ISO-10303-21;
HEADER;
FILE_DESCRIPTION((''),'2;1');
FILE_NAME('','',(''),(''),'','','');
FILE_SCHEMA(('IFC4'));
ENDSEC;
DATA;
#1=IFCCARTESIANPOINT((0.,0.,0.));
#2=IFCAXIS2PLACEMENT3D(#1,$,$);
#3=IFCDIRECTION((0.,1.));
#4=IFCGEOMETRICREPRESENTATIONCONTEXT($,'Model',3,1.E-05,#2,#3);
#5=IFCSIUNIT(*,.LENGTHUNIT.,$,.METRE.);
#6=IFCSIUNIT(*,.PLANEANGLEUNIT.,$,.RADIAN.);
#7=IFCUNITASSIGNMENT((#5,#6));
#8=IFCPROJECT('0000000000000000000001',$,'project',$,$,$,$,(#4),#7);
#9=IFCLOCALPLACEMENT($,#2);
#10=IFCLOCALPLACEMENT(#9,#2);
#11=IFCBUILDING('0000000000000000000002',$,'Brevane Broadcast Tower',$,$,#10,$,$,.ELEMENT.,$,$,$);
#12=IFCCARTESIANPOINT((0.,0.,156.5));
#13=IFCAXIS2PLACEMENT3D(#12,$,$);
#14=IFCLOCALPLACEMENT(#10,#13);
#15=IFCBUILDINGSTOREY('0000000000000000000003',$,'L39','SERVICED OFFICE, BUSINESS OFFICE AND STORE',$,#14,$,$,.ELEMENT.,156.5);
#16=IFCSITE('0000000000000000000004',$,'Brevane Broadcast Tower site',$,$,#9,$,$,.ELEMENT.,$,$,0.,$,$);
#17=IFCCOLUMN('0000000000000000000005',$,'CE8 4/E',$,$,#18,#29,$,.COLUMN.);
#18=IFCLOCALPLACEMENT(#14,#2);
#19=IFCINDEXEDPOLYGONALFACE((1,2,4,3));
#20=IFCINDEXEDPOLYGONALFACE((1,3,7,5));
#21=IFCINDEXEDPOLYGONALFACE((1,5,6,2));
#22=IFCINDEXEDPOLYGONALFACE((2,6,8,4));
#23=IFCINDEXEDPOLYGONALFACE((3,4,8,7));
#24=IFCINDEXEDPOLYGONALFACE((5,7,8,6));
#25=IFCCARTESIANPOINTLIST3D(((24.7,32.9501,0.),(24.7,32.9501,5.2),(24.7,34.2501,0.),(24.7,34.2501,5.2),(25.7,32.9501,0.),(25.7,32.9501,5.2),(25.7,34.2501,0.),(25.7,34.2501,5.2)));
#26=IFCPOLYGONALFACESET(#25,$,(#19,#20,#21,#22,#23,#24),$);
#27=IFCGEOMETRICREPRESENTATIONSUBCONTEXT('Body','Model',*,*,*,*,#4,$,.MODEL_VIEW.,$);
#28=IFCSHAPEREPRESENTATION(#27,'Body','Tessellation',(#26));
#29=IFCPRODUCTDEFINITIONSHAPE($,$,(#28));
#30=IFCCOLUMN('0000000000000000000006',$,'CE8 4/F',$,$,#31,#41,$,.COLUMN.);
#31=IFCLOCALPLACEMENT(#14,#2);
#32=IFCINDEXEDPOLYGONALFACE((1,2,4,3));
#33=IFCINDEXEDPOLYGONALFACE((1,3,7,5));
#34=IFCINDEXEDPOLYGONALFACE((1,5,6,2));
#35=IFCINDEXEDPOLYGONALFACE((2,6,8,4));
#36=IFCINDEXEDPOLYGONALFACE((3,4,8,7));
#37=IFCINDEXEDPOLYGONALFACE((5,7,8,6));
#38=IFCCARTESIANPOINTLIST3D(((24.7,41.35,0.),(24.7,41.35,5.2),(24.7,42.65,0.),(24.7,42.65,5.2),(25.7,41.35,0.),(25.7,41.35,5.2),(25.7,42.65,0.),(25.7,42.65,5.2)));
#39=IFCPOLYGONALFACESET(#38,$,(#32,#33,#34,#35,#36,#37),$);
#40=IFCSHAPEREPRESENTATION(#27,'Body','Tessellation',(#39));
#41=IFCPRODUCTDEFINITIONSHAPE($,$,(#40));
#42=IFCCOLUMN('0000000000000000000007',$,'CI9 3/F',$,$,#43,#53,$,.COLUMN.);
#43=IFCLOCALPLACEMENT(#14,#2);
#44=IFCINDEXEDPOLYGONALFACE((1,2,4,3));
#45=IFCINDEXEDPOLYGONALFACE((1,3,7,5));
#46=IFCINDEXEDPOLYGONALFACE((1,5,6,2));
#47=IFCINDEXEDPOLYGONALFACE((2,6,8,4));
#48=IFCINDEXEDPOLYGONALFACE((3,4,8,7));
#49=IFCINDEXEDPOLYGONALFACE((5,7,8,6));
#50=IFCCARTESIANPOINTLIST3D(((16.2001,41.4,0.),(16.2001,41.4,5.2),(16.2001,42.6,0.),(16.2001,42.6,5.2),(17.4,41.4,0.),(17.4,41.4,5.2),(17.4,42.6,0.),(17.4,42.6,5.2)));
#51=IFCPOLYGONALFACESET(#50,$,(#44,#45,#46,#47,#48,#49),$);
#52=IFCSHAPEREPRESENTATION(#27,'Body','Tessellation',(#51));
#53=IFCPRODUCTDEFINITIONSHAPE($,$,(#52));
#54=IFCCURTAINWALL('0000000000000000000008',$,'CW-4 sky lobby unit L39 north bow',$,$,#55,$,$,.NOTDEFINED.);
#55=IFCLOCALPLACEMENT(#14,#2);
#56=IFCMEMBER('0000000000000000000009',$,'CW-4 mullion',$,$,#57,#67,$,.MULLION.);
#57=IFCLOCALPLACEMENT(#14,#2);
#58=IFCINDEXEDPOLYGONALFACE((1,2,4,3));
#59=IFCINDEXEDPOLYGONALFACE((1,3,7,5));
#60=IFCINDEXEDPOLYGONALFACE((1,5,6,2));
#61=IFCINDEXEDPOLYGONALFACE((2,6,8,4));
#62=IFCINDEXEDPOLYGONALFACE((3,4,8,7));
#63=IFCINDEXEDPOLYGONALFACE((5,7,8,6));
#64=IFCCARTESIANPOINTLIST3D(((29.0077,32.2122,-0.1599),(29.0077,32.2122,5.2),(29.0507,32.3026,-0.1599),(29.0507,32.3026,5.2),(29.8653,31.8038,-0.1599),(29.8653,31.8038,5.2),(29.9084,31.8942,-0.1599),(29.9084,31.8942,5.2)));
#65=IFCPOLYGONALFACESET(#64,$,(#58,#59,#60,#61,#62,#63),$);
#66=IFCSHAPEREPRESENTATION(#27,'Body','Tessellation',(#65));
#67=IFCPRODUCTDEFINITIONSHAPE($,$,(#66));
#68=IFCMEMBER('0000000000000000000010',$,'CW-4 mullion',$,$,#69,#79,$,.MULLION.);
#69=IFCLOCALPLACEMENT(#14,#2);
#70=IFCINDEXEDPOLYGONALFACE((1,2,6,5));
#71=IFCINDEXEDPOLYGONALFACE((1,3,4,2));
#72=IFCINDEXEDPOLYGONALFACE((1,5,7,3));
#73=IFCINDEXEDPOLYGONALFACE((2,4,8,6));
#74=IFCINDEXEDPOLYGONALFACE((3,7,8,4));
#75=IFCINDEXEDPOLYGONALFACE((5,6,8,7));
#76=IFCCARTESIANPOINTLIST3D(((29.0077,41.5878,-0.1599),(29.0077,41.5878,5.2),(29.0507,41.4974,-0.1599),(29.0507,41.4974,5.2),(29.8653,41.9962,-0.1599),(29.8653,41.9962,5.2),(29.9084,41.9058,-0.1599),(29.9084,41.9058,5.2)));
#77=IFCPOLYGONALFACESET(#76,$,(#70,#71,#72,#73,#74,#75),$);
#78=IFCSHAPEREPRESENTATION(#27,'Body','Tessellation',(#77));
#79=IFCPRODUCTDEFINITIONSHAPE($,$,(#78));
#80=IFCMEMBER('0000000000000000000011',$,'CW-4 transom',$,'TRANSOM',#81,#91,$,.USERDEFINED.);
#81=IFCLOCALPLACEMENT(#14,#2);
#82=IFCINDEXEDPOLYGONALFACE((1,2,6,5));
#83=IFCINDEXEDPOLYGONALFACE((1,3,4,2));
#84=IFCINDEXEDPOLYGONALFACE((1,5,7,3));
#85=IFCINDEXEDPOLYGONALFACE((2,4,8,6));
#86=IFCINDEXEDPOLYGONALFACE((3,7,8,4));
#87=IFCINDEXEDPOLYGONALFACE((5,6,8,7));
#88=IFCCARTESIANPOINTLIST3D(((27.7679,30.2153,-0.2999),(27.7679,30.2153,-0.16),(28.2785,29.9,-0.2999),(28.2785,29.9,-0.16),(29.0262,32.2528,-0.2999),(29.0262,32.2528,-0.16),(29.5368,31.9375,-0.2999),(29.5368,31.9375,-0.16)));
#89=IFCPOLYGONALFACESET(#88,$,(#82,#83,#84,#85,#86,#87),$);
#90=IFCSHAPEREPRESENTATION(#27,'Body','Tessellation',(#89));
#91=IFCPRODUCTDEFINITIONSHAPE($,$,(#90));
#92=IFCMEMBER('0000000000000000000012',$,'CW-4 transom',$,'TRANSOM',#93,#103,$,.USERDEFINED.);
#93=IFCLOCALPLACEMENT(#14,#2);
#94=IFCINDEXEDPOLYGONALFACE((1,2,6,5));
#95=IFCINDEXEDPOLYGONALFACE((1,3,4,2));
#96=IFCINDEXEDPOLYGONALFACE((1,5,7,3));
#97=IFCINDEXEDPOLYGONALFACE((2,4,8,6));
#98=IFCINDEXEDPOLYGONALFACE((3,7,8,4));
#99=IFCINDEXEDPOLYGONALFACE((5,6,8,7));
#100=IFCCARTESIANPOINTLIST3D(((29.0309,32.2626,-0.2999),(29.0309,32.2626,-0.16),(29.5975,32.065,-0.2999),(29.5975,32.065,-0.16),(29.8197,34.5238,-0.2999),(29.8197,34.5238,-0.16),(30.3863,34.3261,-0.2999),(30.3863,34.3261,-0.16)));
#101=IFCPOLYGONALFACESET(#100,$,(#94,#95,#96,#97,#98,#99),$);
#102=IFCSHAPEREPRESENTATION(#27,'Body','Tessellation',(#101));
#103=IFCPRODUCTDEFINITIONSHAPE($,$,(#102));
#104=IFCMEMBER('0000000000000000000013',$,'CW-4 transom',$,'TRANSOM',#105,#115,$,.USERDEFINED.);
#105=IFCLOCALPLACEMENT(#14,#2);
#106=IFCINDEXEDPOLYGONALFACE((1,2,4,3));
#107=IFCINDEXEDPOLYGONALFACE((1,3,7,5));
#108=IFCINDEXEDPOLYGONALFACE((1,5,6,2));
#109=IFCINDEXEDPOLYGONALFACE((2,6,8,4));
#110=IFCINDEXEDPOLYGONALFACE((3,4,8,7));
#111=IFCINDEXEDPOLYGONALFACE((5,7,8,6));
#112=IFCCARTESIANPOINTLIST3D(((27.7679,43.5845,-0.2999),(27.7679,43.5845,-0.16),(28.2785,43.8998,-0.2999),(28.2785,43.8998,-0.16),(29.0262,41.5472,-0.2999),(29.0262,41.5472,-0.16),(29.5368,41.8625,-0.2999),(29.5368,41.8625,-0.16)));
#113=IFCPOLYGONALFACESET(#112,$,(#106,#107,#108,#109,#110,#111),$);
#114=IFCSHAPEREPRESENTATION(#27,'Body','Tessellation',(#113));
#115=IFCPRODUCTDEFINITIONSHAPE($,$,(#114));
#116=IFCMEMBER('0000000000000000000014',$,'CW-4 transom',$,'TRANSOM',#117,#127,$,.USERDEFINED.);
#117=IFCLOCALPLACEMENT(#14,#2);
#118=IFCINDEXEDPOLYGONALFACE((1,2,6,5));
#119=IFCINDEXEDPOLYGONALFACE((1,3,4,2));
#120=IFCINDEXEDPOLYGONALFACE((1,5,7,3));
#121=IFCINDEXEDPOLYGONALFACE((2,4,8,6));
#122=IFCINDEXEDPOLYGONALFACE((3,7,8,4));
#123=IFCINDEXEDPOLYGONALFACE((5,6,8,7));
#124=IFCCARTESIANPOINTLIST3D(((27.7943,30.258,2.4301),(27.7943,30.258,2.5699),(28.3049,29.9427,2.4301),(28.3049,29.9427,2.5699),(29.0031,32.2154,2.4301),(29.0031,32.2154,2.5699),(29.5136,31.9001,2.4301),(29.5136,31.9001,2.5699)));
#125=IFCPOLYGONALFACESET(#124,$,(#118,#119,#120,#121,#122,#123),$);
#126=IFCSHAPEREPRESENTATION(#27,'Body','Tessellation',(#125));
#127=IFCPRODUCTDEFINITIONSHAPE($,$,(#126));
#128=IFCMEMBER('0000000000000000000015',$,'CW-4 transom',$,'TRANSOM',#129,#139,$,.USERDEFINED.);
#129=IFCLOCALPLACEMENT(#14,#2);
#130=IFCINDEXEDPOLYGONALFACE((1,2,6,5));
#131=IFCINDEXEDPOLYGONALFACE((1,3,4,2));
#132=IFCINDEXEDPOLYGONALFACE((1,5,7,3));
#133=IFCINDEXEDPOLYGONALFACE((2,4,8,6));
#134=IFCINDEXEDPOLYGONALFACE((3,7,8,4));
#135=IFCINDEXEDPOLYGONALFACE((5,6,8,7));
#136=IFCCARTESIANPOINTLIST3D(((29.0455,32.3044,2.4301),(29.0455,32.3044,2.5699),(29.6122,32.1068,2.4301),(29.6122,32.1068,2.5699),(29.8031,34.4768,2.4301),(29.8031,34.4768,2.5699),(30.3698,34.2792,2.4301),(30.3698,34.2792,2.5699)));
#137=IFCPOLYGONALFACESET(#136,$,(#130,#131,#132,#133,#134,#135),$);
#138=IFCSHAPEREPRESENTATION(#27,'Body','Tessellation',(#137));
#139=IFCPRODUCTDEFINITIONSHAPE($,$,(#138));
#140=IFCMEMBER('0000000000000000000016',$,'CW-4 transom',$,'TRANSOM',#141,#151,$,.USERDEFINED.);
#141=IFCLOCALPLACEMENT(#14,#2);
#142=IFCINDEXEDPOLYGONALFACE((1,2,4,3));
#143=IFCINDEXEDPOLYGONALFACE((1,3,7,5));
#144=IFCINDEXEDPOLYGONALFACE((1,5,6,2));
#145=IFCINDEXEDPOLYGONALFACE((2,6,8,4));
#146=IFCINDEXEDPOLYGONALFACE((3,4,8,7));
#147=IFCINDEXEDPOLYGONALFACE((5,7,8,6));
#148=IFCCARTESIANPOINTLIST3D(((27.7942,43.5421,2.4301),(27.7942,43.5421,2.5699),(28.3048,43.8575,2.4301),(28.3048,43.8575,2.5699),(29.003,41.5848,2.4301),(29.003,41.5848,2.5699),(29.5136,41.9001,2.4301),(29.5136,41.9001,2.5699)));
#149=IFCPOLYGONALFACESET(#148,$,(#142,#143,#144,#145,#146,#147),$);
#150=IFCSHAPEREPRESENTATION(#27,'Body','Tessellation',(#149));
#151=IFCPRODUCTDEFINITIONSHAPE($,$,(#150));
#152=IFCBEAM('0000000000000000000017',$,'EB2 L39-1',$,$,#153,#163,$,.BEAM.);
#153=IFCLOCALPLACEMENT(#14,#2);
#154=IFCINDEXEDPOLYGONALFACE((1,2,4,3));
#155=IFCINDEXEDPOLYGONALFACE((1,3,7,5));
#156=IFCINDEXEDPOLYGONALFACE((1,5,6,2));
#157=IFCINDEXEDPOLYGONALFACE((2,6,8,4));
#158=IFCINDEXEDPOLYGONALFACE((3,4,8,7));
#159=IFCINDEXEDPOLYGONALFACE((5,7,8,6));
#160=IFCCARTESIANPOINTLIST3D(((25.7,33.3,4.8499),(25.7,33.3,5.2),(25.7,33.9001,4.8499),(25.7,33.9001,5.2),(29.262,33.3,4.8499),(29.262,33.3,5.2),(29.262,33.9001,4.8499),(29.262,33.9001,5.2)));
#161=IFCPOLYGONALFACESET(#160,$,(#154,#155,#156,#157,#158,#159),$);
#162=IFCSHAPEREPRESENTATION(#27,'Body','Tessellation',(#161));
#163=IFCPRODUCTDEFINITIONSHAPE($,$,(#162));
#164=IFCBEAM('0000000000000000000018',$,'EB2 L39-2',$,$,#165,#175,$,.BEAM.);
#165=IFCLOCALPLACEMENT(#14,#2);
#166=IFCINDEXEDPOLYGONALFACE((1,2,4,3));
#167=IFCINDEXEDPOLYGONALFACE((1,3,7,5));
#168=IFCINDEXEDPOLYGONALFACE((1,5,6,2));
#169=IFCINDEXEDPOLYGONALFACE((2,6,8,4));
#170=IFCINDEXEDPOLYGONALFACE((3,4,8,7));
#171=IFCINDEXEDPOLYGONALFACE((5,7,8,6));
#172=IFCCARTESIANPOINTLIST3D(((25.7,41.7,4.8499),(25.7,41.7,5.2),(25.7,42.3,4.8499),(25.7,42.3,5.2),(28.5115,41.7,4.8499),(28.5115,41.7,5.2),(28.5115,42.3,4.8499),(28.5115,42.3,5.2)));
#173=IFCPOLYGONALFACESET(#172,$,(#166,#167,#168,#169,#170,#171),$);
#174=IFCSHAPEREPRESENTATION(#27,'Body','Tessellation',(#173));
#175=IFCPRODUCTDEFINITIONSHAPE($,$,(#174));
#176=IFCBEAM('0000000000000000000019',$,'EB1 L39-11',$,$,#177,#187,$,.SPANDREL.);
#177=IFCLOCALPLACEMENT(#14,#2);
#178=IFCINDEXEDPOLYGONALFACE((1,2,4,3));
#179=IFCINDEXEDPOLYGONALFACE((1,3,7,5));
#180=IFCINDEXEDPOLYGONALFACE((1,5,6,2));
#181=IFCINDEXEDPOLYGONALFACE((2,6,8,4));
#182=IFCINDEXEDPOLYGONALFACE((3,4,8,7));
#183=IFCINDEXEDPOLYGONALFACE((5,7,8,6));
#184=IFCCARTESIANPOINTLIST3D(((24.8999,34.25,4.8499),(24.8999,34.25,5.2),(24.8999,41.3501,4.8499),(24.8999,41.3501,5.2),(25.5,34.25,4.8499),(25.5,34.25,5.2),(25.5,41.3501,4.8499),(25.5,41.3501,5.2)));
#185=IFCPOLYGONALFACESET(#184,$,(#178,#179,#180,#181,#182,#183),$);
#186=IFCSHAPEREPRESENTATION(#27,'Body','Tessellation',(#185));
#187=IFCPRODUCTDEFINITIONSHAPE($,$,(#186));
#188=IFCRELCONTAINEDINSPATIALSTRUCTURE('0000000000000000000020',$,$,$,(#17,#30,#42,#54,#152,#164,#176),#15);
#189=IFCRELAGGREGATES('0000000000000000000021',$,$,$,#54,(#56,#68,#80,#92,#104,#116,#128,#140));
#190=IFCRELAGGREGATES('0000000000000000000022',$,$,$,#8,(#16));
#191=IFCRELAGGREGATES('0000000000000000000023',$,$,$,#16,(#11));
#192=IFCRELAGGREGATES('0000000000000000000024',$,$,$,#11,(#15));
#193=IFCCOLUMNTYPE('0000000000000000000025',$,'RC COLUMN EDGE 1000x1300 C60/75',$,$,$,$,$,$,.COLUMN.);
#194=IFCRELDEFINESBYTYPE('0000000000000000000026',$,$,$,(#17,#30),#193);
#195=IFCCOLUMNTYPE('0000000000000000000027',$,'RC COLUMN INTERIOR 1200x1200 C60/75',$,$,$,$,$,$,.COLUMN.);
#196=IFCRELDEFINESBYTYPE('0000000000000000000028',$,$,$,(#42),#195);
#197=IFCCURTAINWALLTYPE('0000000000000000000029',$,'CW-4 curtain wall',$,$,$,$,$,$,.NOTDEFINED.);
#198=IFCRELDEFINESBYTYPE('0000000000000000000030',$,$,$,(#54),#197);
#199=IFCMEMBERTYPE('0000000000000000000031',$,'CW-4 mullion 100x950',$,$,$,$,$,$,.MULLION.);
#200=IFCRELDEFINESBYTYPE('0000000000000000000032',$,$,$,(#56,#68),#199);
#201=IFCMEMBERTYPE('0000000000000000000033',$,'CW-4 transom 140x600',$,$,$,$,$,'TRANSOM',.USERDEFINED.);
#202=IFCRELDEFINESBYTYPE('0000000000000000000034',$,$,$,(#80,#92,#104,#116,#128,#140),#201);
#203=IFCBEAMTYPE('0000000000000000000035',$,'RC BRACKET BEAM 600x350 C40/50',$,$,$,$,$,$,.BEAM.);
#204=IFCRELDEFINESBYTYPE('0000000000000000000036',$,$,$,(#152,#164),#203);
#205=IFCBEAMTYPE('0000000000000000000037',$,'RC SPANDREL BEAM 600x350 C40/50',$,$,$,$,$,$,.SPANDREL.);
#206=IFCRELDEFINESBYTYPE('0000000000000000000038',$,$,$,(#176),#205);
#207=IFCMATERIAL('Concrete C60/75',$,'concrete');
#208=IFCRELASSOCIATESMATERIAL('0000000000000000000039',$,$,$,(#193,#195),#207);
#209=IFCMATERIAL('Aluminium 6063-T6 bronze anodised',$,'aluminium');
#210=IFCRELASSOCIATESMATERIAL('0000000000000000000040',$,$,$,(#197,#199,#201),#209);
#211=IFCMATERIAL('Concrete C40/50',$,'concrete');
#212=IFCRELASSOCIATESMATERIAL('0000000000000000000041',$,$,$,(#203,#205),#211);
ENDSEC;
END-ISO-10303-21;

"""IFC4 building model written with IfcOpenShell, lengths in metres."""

from ifc_helpers import new_model, si_unit, direction, frame, origin, origin_2d, place, context, subcontext, project, spatial, rectangle, extrude, material, material_profile, profile_set, type_object, element, aggregate, save


model = new_model("IFC4")

# Units and contexts
model_context = context("Model", 3, precision=1e-05, world=origin(), true_north=direction((0.0, 1.0)))
body_context = subcontext(model_context, "Body", "Model", "MODEL_VIEW")
ifc_project = project(units=[si_unit("LENGTHUNIT", "METRE"), si_unit("PLANEANGLEUNIT", "RADIAN")], contexts=[model_context])

# Site, building, storey
site_placement = place(None, origin())
site = spatial("IfcSite", under=ifc_project, at=site_placement, Name="Brevane Broadcast Tower site", CompositionType="ELEMENT", RefElevation=0.0)
building_placement = place(site_placement, origin())
building = spatial("IfcBuilding", under=site, at=building_placement, Name="Brevane Broadcast Tower", CompositionType="ELEMENT")
storey_placement = place(building_placement, frame((0.0, 0.0, 156.5)))
storey = spatial("IfcBuildingStorey", under=building, at=storey_placement, Name="L39", Description="SERVICED OFFICE, BUSINESS OFFICE AND STORE", CompositionType="ELEMENT", Elevation=156.5)

# Columns
ifc_material_1 = material(Name="Concrete C60/75", Category="concrete")
ifc_material_profile_1 = material_profile(ifc_material_1, rectangle(XDim=1.0, YDim=1.3, at=origin_2d()), Name="RC 1000x1300")
ifc_profile_set_1 = profile_set([ifc_material_profile_1], Name="Concrete C60/75")
column_type_1 = type_object("IfcColumnType", Name="RC COLUMN EDGE 1000x1300 C60/75", PredefinedType="COLUMN", material=ifc_profile_set_1)
for number, where, z_axis, x_axis, name in (
    (1, (25.2, 33.6001, 0.0), (0.0, 0.0, 1.0), (1.0, 0.0, 0.0), "CE8 4/E"),
    (2, (25.2, 42.0, 0.0), (0.0, 0.0, 1.0), (1.0, 0.0, 0.0), "CE8 4/F"),
):
    element("IfcColumn", number, at=place(storey_placement, frame(where, z_axis=z_axis, x_axis=x_axis)), inside=storey, type_object=column_type_1, Name=name, PredefinedType="COLUMN", context=body_context, shape_type="SweptSolid", body=[
        extrude(rectangle(XDim=1.0, YDim=1.3, at=origin_2d()), origin(), (0.0, 0.0, 1.0), 5.2),
    ])
ifc_material_profile_2 = material_profile(ifc_material_1, rectangle(XDim=1.2, YDim=1.2, at=origin_2d()), Name="RC 1200x1200")
ifc_profile_set_2 = profile_set([ifc_material_profile_2], Name="Concrete C60/75")
column_type_2 = type_object("IfcColumnType", Name="RC COLUMN INTERIOR 1200x1200 C60/75", PredefinedType="COLUMN", material=ifc_profile_set_2)
column_placement = place(storey_placement, frame((16.8, 42.0, 0.0), z_axis=(0.0, 0.0, 1.0), x_axis=(1.0, 0.0, 0.0)))
element("IfcColumn", 3, at=column_placement, inside=storey, type_object=column_type_2, Name="CI9 3/F", PredefinedType="COLUMN", context=body_context, shape_type="SweptSolid", body=[
    extrude(rectangle(XDim=1.2, YDim=1.2, at=origin_2d()), origin(), (0.0, 0.0, 1.0), 5.2),
])

# Curtain wall, members
ifc_material_2 = material(Name="Aluminium 6063-T6 bronze anodised", Category="aluminium")
curtain_wall_type = type_object("IfcCurtainWallType", Name="CW-4 curtain wall", PredefinedType="NOTDEFINED", material=ifc_material_2)
curtain_wall_placement = place(storey_placement, origin())
curtain_wall = element("IfcCurtainWall", 4, at=curtain_wall_placement, inside=storey, type_object=curtain_wall_type, Name="CW-4 sky lobby unit L39 north bow", PredefinedType="NOTDEFINED")
ifc_material_profile_3 = material_profile(ifc_material_2, rectangle(XDim=0.95, YDim=0.1001, at=origin_2d()), Name="RECT 100x950")
ifc_profile_set_3 = profile_set([ifc_material_profile_3], Name="Aluminium 6063-T6 bronze anodised")
member_type_1 = type_object("IfcMemberType", Name="CW-4 mullion 100x950", PredefinedType="MULLION", material=ifc_profile_set_3)
member_1_placement = place(storey_placement, frame((29.458, 32.0532, -0.1599), z_axis=(0.0, 0.0, 1.0), x_axis=(-0.902861, 0.429934, 0.0)))
member_1 = element("IfcMember", 5, at=member_1_placement, type_object=member_type_1, Name="CW-4 mullion", PredefinedType="MULLION", context=body_context, shape_type="SweptSolid", body=[
    extrude(rectangle(XDim=0.95, YDim=0.1001, at=origin_2d()), origin(), (0.0, 0.0, 1.0), 5.3599),
])
member_2_placement = place(storey_placement, frame((29.458, 41.7468, -0.1599), z_axis=(0.0, 0.0, 1.0), x_axis=(-0.902861, -0.429934, 0.0)))
member_2 = element("IfcMember", 6, at=member_2_placement, type_object=member_type_1, Name="CW-4 mullion", PredefinedType="MULLION", context=body_context, shape_type="SweptSolid", body=[
    extrude(rectangle(XDim=0.95, YDim=0.1001, at=origin_2d()), origin(), (0.0, 0.0, 1.0), 5.3599),
])
ifc_material_profile_4 = material_profile(ifc_material_2, rectangle(XDim=0.6001, YDim=0.1399, at=origin_2d()), Name="RECT 140x600")
ifc_profile_set_4 = profile_set([ifc_material_profile_4], Name="Aluminium 6063-T6 bronze anodised")
member_type_2 = type_object("IfcMemberType", Name="CW-4 transom 140x600", ElementType="TRANSOM", PredefinedType="USERDEFINED", material=ifc_profile_set_4)
member_3_placement = place(storey_placement, frame((28.0232, 30.0576, -0.23), z_axis=(0.525428, 0.850838, 0.0), x_axis=(-0.850838, 0.525428, 0.0)))
member_3 = element("IfcMember", 7, at=member_3_placement, type_object=member_type_2, Name="CW-4 transom", ObjectType="TRANSOM", PredefinedType="USERDEFINED", context=body_context, shape_type="SweptSolid", body=[
    extrude(rectangle(XDim=0.6001, YDim=0.1399, at=origin_2d()), origin(), (0.0, 0.0, 1.0), 2.3948),
])
member_4_placement = place(storey_placement, frame((29.3142, 32.1638, -0.23), z_axis=(0.329378, 0.944198, 0.0), x_axis=(-0.944198, 0.329378, 0.0)))
member_4 = element("IfcMember", 8, at=member_4_placement, type_object=member_type_2, Name="CW-4 transom", ObjectType="TRANSOM", PredefinedType="USERDEFINED", context=body_context, shape_type="SweptSolid", body=[
    extrude(rectangle(XDim=0.6001, YDim=0.1399, at=origin_2d()), origin(), (0.0, 0.0, 1.0), 2.3948),
])
member_5_placement = place(storey_placement, frame((29.2815, 41.7048, -0.23), z_axis=(-0.525473, 0.85081, 0.0), x_axis=(-0.85081, -0.525473, 0.0)))
member_5 = element("IfcMember", 9, at=member_5_placement, type_object=member_type_2, Name="CW-4 transom", ObjectType="TRANSOM", PredefinedType="USERDEFINED", context=body_context, shape_type="SweptSolid", body=[
    extrude(rectangle(XDim=0.6001, YDim=0.1399, at=origin_2d()), origin(), (0.0, 0.0, 1.0), 2.3945),
])
member_6_placement = place(storey_placement, frame((28.0496, 30.1003, 2.5), z_axis=(0.525441, 0.85083, 0.0), x_axis=(-0.85083, 0.525441, 0.0)))
member_6 = element("IfcMember", 10, at=member_6_placement, type_object=member_type_2, Name="CW-4 transom", ObjectType="TRANSOM", PredefinedType="USERDEFINED", context=body_context, shape_type="SweptSolid", body=[
    extrude(rectangle(XDim=0.6001, YDim=0.1399, at=origin_2d()), origin(), (0.0, 0.0, 1.0), 2.3005),
])
member_7_placement = place(storey_placement, frame((29.3289, 32.2056, 2.5), z_axis=(0.329282, 0.944232, 0.0), x_axis=(-0.944232, 0.329282, 0.0)))
member_7 = element("IfcMember", 11, at=member_7_placement, type_object=member_type_2, Name="CW-4 transom", ObjectType="TRANSOM", PredefinedType="USERDEFINED", context=body_context, shape_type="SweptSolid", body=[
    extrude(rectangle(XDim=0.6001, YDim=0.1399, at=origin_2d()), origin(), (0.0, 0.0, 1.0), 2.3008),
])
member_8_placement = place(storey_placement, frame((29.2583, 41.7424, 2.5), z_axis=(-0.525441, 0.85083, 0.0), x_axis=(-0.85083, -0.525441, 0.0)))
member_8 = element("IfcMember", 12, at=member_8_placement, type_object=member_type_2, Name="CW-4 transom", ObjectType="TRANSOM", PredefinedType="USERDEFINED", context=body_context, shape_type="SweptSolid", body=[
    extrude(rectangle(XDim=0.6001, YDim=0.1399, at=origin_2d()), origin(), (0.0, 0.0, 1.0), 2.3005),
])
aggregate(curtain_wall, [member_1, member_2, member_3, member_4, member_5, member_6, member_7, member_8])

# Beams
ifc_material_3 = material(Name="Concrete C40/50", Category="concrete")
ifc_material_profile_5 = material_profile(ifc_material_3, rectangle(XDim=0.6001, YDim=0.3501, at=origin_2d()), Name="RC 600x350")
ifc_profile_set_5 = profile_set([ifc_material_profile_5], Name="Concrete C40/50")
beam_type_1 = type_object("IfcBeamType", Name="RC BRACKET BEAM 600x350 C40/50", PredefinedType="BEAM", material=ifc_profile_set_5)
beam_1_placement = place(storey_placement, frame((25.7, 33.6001, 5.0249), z_axis=(1.0, 0.0, 0.0), x_axis=(0.0, 1.0, 0.0)))
element("IfcBeam", 13, at=beam_1_placement, inside=storey, type_object=beam_type_1, Name="EB2 L39-1", PredefinedType="BEAM", context=body_context, shape_type="SweptSolid", body=[
    extrude(rectangle(XDim=0.6001, YDim=0.3501, at=origin_2d()), origin(), (0.0, 0.0, 1.0), 3.562),
])
beam_2_placement = place(storey_placement, frame((25.7, 42.0, 5.0249), z_axis=(1.0, 0.0, 0.0), x_axis=(0.0, 1.0, 0.0)))
element("IfcBeam", 14, at=beam_2_placement, inside=storey, type_object=beam_type_1, Name="EB2 L39-2", PredefinedType="BEAM", context=body_context, shape_type="SweptSolid", body=[
    extrude(rectangle(XDim=0.6001, YDim=0.3501, at=origin_2d()), origin(), (0.0, 0.0, 1.0), 2.8115),
])
ifc_material_profile_6 = material_profile(ifc_material_3, rectangle(XDim=0.6001, YDim=0.3501, at=origin_2d()), Name="RC 600x350")
ifc_profile_set_6 = profile_set([ifc_material_profile_6], Name="Concrete C40/50")
beam_type_2 = type_object("IfcBeamType", Name="RC SPANDREL BEAM 600x350 C40/50", PredefinedType="SPANDREL", material=ifc_profile_set_6)
beam_3_placement = place(storey_placement, frame((25.2, 34.25, 5.0249), z_axis=(0.0, 1.0, 0.0), x_axis=(-1.0, 0.0, 0.0)))
element("IfcBeam", 15, at=beam_3_placement, inside=storey, type_object=beam_type_2, Name="EB1 L39-11", PredefinedType="SPANDREL", context=body_context, shape_type="SweptSolid", body=[
    extrude(rectangle(XDim=0.6001, YDim=0.3501, at=origin_2d()), origin(), (0.0, 0.0, 1.0), 7.1001),
])

save(model, "model.ifc")
